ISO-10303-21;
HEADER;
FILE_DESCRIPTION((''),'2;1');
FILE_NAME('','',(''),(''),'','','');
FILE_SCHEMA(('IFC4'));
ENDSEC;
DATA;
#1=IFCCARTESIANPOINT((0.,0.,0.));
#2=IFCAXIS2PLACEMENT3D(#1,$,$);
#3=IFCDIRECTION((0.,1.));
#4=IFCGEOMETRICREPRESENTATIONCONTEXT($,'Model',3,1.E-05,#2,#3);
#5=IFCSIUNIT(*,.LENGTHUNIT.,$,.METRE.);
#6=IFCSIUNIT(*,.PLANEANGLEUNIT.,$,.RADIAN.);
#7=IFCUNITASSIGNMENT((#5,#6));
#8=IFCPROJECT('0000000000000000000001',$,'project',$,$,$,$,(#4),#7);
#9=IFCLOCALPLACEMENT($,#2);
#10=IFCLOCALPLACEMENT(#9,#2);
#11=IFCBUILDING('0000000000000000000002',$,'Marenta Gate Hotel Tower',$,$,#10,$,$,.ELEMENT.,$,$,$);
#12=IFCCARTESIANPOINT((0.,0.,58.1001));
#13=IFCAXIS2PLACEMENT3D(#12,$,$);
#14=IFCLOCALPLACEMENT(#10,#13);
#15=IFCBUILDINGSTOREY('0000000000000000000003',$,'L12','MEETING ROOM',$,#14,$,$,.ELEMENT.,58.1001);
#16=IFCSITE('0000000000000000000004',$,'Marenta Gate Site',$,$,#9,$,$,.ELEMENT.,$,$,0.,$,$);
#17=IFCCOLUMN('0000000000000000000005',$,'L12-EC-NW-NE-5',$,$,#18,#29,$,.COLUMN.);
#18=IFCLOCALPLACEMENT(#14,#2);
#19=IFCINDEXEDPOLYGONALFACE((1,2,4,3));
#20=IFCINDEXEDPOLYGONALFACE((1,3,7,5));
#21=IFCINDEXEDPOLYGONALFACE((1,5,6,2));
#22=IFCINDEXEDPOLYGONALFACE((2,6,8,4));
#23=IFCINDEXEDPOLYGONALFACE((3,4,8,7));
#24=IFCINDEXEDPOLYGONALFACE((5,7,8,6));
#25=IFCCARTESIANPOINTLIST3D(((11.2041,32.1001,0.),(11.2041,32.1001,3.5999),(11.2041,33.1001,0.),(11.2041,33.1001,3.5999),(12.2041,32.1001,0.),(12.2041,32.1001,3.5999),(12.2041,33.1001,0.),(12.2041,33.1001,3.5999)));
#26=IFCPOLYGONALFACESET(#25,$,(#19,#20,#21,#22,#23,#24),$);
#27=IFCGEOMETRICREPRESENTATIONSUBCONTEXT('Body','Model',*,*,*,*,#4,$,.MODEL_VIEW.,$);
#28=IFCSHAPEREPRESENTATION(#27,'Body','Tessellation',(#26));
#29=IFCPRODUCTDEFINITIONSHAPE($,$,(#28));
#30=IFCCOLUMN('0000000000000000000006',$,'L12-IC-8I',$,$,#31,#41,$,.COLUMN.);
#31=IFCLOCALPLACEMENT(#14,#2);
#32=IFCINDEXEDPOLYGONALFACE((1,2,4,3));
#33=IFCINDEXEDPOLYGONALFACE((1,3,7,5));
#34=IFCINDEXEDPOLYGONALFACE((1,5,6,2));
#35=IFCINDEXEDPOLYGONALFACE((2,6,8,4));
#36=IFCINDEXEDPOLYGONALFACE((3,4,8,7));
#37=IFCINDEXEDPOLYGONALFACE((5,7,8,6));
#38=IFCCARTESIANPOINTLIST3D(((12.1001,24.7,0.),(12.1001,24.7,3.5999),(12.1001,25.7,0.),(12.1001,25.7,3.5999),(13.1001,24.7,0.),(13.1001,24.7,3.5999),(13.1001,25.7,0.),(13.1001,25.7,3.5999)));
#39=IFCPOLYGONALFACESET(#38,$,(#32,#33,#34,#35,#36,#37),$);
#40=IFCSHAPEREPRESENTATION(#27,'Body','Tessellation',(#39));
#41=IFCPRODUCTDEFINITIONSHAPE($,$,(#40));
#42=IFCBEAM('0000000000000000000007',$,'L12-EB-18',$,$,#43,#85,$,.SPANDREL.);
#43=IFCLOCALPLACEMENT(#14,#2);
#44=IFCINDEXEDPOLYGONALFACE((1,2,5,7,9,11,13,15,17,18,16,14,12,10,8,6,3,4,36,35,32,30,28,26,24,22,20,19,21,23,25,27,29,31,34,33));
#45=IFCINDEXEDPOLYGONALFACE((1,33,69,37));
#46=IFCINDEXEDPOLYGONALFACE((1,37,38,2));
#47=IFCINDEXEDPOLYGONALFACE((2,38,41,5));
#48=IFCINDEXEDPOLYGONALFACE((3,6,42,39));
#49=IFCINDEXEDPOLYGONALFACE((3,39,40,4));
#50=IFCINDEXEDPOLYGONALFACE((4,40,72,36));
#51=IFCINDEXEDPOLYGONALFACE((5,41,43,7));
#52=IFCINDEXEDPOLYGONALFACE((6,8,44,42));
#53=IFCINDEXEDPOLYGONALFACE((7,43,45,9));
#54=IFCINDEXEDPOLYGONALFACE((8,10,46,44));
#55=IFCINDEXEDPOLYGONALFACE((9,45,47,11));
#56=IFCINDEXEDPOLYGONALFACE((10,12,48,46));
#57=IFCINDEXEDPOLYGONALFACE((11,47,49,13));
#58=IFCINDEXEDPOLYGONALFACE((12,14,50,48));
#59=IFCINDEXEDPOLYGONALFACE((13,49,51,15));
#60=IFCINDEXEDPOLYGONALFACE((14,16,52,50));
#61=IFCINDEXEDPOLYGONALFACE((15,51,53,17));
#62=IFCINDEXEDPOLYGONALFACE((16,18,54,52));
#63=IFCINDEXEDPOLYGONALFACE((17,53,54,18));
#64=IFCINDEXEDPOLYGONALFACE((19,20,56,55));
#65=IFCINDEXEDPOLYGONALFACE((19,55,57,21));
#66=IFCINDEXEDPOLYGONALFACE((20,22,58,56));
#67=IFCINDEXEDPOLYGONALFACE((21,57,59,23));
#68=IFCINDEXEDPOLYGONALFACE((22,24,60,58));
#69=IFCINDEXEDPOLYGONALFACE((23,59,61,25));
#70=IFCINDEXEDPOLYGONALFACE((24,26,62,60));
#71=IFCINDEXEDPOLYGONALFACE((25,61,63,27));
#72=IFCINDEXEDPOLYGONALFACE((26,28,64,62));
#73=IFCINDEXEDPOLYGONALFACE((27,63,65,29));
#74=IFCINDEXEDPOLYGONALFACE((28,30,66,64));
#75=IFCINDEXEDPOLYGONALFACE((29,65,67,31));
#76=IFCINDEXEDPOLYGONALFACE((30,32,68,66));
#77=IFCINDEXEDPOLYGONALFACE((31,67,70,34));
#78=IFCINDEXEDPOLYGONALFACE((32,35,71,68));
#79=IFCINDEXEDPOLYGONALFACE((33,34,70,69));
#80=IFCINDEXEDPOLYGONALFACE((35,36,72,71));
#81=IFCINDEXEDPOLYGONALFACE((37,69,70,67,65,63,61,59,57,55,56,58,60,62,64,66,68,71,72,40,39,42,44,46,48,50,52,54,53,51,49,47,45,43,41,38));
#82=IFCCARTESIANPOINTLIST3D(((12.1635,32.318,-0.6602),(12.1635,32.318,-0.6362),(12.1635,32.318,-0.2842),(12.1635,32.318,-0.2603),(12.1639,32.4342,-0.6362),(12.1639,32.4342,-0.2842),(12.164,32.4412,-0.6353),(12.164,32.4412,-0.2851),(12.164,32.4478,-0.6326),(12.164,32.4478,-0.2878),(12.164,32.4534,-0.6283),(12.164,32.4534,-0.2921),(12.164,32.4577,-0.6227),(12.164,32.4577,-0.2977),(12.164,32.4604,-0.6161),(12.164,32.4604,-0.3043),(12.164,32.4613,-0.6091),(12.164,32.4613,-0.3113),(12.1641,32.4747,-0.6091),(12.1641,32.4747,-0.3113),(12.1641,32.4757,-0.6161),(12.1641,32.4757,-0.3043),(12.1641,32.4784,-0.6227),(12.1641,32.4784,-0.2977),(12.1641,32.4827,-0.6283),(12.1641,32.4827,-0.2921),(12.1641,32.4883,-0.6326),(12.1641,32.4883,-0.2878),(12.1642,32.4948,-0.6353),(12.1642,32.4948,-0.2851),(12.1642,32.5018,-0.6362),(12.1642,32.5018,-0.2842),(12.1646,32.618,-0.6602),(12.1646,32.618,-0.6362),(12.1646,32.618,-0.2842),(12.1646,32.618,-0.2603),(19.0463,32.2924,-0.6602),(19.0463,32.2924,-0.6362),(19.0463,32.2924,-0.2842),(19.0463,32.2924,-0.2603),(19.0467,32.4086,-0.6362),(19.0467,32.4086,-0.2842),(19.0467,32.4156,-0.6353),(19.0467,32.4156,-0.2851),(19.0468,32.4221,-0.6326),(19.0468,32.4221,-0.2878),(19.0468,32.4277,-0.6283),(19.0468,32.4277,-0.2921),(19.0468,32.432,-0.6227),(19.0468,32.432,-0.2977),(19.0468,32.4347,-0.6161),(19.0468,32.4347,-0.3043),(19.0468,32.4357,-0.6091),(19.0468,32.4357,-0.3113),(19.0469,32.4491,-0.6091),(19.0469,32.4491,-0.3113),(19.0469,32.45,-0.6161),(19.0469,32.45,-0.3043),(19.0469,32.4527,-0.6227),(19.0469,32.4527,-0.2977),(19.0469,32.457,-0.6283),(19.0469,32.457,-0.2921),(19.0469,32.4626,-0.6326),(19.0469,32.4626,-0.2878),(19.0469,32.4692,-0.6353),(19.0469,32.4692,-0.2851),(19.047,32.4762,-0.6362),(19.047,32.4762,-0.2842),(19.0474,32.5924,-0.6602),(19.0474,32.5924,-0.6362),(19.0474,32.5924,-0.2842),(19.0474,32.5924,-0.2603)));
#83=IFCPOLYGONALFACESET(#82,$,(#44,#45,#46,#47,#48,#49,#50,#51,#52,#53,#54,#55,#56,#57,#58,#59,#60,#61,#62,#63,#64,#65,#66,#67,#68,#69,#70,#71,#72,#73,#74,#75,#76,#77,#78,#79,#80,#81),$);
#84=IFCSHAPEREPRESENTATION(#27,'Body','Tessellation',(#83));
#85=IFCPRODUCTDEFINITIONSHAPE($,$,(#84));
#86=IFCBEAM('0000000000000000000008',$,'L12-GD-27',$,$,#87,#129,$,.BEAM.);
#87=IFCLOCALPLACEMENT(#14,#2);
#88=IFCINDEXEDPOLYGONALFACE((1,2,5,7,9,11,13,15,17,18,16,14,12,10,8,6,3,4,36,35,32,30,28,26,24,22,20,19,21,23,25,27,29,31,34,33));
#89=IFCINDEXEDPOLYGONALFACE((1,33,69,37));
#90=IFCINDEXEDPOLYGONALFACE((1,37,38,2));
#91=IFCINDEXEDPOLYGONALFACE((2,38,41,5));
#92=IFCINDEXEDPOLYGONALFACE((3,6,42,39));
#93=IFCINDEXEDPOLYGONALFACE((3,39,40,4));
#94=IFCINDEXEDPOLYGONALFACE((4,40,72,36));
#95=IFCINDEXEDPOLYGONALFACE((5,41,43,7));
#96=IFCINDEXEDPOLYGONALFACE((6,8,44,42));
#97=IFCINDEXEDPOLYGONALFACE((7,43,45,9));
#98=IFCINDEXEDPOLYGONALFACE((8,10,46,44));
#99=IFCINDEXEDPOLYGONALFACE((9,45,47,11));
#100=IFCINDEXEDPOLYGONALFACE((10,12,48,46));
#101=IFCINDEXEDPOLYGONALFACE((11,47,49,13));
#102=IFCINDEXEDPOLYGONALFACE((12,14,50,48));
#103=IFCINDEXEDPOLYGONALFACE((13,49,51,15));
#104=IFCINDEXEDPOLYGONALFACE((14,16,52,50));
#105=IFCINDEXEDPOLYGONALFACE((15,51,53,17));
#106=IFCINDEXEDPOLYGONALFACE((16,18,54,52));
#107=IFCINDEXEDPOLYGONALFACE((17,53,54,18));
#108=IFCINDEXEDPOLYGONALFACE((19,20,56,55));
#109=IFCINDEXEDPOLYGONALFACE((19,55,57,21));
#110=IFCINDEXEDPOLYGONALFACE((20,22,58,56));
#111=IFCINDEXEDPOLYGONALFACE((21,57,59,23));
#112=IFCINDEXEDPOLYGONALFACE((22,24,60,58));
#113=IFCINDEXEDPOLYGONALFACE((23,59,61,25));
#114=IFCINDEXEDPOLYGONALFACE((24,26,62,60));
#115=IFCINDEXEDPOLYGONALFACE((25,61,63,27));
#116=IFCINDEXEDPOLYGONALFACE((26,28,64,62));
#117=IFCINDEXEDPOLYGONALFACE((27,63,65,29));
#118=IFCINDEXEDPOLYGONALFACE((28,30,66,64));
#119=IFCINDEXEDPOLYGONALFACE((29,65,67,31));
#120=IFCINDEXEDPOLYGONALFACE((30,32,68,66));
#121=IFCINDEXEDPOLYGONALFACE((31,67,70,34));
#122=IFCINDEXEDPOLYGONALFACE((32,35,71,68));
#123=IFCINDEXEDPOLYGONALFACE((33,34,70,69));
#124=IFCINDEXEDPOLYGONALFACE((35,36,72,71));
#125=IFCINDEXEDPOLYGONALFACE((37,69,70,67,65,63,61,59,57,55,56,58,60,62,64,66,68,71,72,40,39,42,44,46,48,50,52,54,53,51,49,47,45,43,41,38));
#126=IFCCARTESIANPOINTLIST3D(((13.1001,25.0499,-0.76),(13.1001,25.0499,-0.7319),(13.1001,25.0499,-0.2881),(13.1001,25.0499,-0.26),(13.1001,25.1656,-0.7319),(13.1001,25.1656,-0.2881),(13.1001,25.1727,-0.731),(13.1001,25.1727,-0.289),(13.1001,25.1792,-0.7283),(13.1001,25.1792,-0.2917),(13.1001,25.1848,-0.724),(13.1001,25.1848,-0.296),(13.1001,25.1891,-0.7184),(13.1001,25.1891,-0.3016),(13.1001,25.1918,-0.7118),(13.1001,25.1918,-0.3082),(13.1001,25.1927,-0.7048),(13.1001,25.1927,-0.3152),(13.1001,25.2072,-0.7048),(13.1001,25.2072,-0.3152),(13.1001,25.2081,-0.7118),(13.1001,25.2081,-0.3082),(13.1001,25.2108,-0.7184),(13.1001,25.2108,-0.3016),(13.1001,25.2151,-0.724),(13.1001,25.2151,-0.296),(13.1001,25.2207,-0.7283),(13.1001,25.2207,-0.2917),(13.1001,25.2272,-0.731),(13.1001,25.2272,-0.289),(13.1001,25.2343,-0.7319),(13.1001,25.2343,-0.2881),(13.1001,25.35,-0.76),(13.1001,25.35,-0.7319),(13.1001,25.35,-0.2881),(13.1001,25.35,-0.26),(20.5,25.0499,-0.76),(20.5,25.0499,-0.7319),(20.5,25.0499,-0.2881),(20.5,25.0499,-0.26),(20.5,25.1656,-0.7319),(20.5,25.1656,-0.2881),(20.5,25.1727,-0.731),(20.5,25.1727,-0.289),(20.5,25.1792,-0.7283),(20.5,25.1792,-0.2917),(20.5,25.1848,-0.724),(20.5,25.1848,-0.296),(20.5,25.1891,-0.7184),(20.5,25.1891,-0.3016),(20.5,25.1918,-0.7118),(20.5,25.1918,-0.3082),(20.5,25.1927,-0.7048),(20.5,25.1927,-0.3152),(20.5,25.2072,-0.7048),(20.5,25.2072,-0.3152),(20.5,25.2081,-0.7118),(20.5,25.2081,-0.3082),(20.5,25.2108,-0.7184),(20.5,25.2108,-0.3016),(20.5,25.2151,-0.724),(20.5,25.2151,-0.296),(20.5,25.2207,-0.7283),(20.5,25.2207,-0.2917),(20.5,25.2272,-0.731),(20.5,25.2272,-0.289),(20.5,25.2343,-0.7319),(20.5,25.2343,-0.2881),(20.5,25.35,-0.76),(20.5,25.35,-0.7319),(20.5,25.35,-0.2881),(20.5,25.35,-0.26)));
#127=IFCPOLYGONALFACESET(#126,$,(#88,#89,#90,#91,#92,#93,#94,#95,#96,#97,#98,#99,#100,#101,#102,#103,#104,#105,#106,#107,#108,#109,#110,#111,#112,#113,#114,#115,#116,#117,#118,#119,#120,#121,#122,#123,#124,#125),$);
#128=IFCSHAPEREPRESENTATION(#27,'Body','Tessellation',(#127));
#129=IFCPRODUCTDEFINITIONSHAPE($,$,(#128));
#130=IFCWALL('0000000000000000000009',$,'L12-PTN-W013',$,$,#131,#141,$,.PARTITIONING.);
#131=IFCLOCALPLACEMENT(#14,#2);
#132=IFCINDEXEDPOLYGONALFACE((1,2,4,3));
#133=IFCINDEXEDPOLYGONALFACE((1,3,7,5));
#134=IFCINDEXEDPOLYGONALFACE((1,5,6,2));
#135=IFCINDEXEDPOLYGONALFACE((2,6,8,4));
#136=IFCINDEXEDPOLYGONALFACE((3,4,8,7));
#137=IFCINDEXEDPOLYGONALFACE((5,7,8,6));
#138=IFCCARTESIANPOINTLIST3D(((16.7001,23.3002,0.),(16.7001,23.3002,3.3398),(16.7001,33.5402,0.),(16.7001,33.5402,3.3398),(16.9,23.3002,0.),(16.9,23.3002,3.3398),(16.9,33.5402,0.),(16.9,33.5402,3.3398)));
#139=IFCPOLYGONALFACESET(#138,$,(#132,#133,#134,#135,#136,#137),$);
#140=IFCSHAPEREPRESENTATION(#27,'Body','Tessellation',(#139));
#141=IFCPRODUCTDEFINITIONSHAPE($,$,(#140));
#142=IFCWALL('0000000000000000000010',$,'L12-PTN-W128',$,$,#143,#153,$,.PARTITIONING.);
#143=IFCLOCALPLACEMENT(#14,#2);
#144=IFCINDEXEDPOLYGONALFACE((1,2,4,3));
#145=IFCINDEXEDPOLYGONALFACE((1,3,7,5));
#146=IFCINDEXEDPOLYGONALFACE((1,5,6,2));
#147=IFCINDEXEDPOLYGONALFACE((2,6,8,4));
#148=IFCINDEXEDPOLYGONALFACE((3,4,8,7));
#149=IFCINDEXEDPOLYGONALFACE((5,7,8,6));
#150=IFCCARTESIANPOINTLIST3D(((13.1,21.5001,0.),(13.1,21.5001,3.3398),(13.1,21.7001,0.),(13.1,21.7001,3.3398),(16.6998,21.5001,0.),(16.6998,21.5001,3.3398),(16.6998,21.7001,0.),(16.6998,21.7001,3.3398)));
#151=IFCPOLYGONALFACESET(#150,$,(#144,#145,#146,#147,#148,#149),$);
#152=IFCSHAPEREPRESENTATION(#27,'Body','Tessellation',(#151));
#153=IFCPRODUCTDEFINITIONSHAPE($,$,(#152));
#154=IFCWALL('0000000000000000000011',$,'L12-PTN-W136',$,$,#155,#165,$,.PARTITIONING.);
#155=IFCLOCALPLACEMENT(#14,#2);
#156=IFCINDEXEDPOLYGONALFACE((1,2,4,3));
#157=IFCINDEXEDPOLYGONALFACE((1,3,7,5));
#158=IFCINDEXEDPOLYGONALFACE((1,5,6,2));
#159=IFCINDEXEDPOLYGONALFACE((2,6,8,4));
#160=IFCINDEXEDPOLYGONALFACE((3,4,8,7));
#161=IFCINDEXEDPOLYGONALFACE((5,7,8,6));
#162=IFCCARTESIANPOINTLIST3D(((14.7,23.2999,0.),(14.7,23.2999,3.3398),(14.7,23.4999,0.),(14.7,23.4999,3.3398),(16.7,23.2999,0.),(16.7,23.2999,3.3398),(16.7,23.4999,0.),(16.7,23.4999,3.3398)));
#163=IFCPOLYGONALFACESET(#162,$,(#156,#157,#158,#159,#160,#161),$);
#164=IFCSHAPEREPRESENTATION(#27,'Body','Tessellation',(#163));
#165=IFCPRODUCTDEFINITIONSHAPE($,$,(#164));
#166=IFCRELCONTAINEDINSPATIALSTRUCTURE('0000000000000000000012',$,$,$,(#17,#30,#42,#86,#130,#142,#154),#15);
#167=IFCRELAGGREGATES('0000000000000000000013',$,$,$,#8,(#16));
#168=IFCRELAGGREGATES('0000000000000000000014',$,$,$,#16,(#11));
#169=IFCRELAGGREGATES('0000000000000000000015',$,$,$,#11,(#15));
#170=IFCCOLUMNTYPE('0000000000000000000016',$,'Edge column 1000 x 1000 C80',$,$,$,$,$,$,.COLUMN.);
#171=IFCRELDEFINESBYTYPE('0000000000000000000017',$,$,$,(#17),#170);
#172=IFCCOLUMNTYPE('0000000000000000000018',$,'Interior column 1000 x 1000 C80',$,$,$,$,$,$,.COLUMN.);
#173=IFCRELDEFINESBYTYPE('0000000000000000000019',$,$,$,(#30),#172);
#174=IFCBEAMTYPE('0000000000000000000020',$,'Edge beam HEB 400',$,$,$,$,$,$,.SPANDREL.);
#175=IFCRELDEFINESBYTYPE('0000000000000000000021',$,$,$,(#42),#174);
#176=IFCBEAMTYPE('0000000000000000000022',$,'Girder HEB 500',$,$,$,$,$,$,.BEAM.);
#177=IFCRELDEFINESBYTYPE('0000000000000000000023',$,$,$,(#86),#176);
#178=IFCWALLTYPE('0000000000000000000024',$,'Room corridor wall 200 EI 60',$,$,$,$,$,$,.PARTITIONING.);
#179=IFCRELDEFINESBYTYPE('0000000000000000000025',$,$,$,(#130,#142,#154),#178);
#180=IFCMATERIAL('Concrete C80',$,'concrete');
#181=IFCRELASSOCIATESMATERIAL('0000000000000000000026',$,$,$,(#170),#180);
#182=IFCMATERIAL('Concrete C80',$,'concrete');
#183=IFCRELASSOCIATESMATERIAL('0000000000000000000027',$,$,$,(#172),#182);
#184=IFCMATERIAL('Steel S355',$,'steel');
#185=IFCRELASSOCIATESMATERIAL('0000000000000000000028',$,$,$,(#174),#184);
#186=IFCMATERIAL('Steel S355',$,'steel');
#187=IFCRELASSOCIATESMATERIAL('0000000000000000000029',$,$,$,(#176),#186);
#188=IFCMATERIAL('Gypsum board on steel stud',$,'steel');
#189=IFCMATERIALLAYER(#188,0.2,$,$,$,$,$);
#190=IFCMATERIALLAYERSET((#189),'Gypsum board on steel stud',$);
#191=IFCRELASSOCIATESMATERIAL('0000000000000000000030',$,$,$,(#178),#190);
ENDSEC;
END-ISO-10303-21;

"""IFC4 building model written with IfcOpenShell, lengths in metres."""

from ifc_helpers import new_model, si_unit, direction, frame, frame_2d, origin, origin_2d, place, context, subcontext, project, spatial, rectangle, i_section, extrude, material, layer, layer_set, material_profile, profile_set, type_object, element, save


model = new_model("IFC4")

# Units and contexts
model_context = context("Model", 3, precision=1e-05, world=origin(), true_north=direction((0.0, 1.0)))
body_context = subcontext(model_context, "Body", "Model", "MODEL_VIEW")
ifc_project = project(units=[si_unit("LENGTHUNIT", "METRE"), si_unit("PLANEANGLEUNIT", "RADIAN")], contexts=[model_context])

# Site, building, storey
site_placement = place(None, origin())
site = spatial("IfcSite", under=ifc_project, at=site_placement, Name="Marenta Gate Site", CompositionType="ELEMENT", RefElevation=0.0)
building_placement = place(site_placement, origin())
building = spatial("IfcBuilding", under=site, at=building_placement, Name="Marenta Gate Hotel Tower", CompositionType="ELEMENT")
storey_placement = place(building_placement, frame((0.0, 0.0, 58.1001)))
storey = spatial("IfcBuildingStorey", under=building, at=storey_placement, Name="L12", Description="MEETING ROOM", CompositionType="ELEMENT", Elevation=58.1001)

# Columns
ifc_material_1 = material(Name="Concrete C80", Category="concrete")
ifc_material_profile_1 = material_profile(ifc_material_1, rectangle(XDim=1.0, YDim=1.0, at=origin_2d()), Name="1000 x 1000")
ifc_profile_set_1 = profile_set([ifc_material_profile_1], Name="Concrete C80")
column_type_1 = type_object("IfcColumnType", Name="Edge column 1000 x 1000 C80", PredefinedType="COLUMN", material=ifc_profile_set_1)
column_1_placement = place(storey_placement, frame((11.7041, 32.6001, 0.0), z_axis=(0.0, 0.0, 1.0), x_axis=(1.0, 0.0, 0.0)))
element("IfcColumn", 1, at=column_1_placement, inside=storey, type_object=column_type_1, Name="L12-EC-NW-NE-5", PredefinedType="COLUMN", context=body_context, shape_type="SweptSolid", body=[
    extrude(rectangle(XDim=1.0, YDim=1.0, at=origin_2d()), origin(), (0.0, 0.0, 1.0), 3.5999),
])
ifc_material_2 = material(Name="Concrete C80", Category="concrete")
ifc_material_profile_2 = material_profile(ifc_material_2, rectangle(XDim=1.0, YDim=1.0, at=origin_2d()), Name="1000 x 1000")
ifc_profile_set_2 = profile_set([ifc_material_profile_2], Name="Concrete C80")
column_type_2 = type_object("IfcColumnType", Name="Interior column 1000 x 1000 C80", PredefinedType="COLUMN", material=ifc_profile_set_2)
column_2_placement = place(storey_placement, frame((12.6001, 25.2, 0.0), z_axis=(0.0, 0.0, 1.0), x_axis=(1.0, 0.0, 0.0)))
element("IfcColumn", 2, at=column_2_placement, inside=storey, type_object=column_type_2, Name="L12-IC-8I", PredefinedType="COLUMN", context=body_context, shape_type="SweptSolid", body=[
    extrude(rectangle(XDim=1.0, YDim=1.0, at=origin_2d()), origin(), (0.0, 0.0, 1.0), 3.5999),
])

# Beams
ifc_material_3 = material(Name="Steel S355", Category="steel")
ifc_material_profile_3 = material_profile(ifc_material_3, i_section(OverallWidth=0.3, OverallDepth=0.3999, WebThickness=0.0134, FlangeThickness=0.0239, FilletRadius=0.0271, at=origin_2d()), Name="HEB 400")
ifc_profile_set_3 = profile_set([ifc_material_profile_3], Name="Steel S355")
beam_type_1 = type_object("IfcBeamType", Name="Edge beam HEB 400", PredefinedType="SPANDREL", material=ifc_profile_set_3)
beam_1_placement = place(storey_placement, frame((12.1641, 32.468, -0.4602), z_axis=(0.999993, -0.003724, 0.0), x_axis=(0.003724, 0.999993, 0.0)))
element("IfcBeam", 3, at=beam_1_placement, inside=storey, type_object=beam_type_1, Name="L12-EB-18", PredefinedType="SPANDREL", context=body_context, shape_type="SweptSolid", body=[
    extrude(i_section(OverallWidth=0.3, OverallDepth=0.3999, WebThickness=0.0134, FlangeThickness=0.0239, FilletRadius=0.0271, at=origin_2d()), origin(), (0.0, 0.0, 1.0), 6.8828),
])
ifc_material_4 = material(Name="Steel S355", Category="steel")
ifc_material_profile_4 = material_profile(ifc_material_4, i_section(OverallWidth=0.3, OverallDepth=0.5, WebThickness=0.0144, FlangeThickness=0.0281, FilletRadius=0.0271, at=origin_2d()), Name="HEB 500")
ifc_profile_set_4 = profile_set([ifc_material_profile_4], Name="Steel S355")
beam_type_2 = type_object("IfcBeamType", Name="Girder HEB 500", PredefinedType="BEAM", material=ifc_profile_set_4)
beam_2_placement = place(storey_placement, frame((13.1001, 25.2, -0.51), z_axis=(1.0, 0.0, 0.0), x_axis=(0.0, 1.0, 0.0)))
element("IfcBeam", 4, at=beam_2_placement, inside=storey, type_object=beam_type_2, Name="L12-GD-27", PredefinedType="BEAM", context=body_context, shape_type="SweptSolid", body=[
    extrude(i_section(OverallWidth=0.3, OverallDepth=0.5, WebThickness=0.0144, FlangeThickness=0.0281, FilletRadius=0.0271, at=origin_2d()), origin(), (0.0, 0.0, 1.0), 7.3999),
])

# Wall
ifc_material_5 = material(Name="Gypsum board on steel stud", Category="steel")
ifc_layer_1 = layer(ifc_material_5, 0.2)
ifc_layer_set_1 = layer_set([ifc_layer_1], Name="Gypsum board on steel stud")
wall_type_1 = type_object("IfcWallType", Name="Room corridor wall 200 EI 60", PredefinedType="PARTITIONING", material=ifc_layer_set_1)
wall_1_placement = place(storey_placement, frame((16.8, 23.3, 0.0), z_axis=(0.0, 0.0, 1.0), x_axis=(0.0, 1.0, 0.0)))
element("IfcWall", 5, at=wall_1_placement, inside=storey, type_object=wall_type_1, Name="L12-PTN-W013", PredefinedType="PARTITIONING", context=body_context, shape_type="SweptSolid", body=[
    extrude(rectangle(XDim=10.24, YDim=0.2, at=frame_2d((5.1201, 0.0))), origin(), (0.0, 0.0, 1.0), 3.3398),
])

# Walls
wall_2_placement = place(storey_placement, frame((13.1001, 21.6001, 0.0), z_axis=(0.0, 0.0, 1.0), x_axis=(1.0, 0.0, 0.0)))
element("IfcWall", 6, at=wall_2_placement, inside=storey, type_object=wall_type_1, Name="L12-PTN-W128", PredefinedType="PARTITIONING", context=body_context, shape_type="SweptSolid", body=[
    extrude(rectangle(XDim=3.5999, YDim=0.2, at=frame_2d((1.7998, 0.0))), origin(), (0.0, 0.0, 1.0), 3.3398),
])
wall_3_placement = place(storey_placement, frame((14.7, 23.3999, 0.0), z_axis=(0.0, 0.0, 1.0), x_axis=(1.0, 0.0, 0.0)))
element("IfcWall", 7, at=wall_3_placement, inside=storey, type_object=wall_type_1, Name="L12-PTN-W136", PredefinedType="PARTITIONING", context=body_context, shape_type="SweptSolid", body=[
    extrude(rectangle(XDim=2.0, YDim=0.2, at=frame_2d((1.0, 0.0))), origin(), (0.0, 0.0, 1.0), 3.3398),
])

save(model, "model.ifc")
